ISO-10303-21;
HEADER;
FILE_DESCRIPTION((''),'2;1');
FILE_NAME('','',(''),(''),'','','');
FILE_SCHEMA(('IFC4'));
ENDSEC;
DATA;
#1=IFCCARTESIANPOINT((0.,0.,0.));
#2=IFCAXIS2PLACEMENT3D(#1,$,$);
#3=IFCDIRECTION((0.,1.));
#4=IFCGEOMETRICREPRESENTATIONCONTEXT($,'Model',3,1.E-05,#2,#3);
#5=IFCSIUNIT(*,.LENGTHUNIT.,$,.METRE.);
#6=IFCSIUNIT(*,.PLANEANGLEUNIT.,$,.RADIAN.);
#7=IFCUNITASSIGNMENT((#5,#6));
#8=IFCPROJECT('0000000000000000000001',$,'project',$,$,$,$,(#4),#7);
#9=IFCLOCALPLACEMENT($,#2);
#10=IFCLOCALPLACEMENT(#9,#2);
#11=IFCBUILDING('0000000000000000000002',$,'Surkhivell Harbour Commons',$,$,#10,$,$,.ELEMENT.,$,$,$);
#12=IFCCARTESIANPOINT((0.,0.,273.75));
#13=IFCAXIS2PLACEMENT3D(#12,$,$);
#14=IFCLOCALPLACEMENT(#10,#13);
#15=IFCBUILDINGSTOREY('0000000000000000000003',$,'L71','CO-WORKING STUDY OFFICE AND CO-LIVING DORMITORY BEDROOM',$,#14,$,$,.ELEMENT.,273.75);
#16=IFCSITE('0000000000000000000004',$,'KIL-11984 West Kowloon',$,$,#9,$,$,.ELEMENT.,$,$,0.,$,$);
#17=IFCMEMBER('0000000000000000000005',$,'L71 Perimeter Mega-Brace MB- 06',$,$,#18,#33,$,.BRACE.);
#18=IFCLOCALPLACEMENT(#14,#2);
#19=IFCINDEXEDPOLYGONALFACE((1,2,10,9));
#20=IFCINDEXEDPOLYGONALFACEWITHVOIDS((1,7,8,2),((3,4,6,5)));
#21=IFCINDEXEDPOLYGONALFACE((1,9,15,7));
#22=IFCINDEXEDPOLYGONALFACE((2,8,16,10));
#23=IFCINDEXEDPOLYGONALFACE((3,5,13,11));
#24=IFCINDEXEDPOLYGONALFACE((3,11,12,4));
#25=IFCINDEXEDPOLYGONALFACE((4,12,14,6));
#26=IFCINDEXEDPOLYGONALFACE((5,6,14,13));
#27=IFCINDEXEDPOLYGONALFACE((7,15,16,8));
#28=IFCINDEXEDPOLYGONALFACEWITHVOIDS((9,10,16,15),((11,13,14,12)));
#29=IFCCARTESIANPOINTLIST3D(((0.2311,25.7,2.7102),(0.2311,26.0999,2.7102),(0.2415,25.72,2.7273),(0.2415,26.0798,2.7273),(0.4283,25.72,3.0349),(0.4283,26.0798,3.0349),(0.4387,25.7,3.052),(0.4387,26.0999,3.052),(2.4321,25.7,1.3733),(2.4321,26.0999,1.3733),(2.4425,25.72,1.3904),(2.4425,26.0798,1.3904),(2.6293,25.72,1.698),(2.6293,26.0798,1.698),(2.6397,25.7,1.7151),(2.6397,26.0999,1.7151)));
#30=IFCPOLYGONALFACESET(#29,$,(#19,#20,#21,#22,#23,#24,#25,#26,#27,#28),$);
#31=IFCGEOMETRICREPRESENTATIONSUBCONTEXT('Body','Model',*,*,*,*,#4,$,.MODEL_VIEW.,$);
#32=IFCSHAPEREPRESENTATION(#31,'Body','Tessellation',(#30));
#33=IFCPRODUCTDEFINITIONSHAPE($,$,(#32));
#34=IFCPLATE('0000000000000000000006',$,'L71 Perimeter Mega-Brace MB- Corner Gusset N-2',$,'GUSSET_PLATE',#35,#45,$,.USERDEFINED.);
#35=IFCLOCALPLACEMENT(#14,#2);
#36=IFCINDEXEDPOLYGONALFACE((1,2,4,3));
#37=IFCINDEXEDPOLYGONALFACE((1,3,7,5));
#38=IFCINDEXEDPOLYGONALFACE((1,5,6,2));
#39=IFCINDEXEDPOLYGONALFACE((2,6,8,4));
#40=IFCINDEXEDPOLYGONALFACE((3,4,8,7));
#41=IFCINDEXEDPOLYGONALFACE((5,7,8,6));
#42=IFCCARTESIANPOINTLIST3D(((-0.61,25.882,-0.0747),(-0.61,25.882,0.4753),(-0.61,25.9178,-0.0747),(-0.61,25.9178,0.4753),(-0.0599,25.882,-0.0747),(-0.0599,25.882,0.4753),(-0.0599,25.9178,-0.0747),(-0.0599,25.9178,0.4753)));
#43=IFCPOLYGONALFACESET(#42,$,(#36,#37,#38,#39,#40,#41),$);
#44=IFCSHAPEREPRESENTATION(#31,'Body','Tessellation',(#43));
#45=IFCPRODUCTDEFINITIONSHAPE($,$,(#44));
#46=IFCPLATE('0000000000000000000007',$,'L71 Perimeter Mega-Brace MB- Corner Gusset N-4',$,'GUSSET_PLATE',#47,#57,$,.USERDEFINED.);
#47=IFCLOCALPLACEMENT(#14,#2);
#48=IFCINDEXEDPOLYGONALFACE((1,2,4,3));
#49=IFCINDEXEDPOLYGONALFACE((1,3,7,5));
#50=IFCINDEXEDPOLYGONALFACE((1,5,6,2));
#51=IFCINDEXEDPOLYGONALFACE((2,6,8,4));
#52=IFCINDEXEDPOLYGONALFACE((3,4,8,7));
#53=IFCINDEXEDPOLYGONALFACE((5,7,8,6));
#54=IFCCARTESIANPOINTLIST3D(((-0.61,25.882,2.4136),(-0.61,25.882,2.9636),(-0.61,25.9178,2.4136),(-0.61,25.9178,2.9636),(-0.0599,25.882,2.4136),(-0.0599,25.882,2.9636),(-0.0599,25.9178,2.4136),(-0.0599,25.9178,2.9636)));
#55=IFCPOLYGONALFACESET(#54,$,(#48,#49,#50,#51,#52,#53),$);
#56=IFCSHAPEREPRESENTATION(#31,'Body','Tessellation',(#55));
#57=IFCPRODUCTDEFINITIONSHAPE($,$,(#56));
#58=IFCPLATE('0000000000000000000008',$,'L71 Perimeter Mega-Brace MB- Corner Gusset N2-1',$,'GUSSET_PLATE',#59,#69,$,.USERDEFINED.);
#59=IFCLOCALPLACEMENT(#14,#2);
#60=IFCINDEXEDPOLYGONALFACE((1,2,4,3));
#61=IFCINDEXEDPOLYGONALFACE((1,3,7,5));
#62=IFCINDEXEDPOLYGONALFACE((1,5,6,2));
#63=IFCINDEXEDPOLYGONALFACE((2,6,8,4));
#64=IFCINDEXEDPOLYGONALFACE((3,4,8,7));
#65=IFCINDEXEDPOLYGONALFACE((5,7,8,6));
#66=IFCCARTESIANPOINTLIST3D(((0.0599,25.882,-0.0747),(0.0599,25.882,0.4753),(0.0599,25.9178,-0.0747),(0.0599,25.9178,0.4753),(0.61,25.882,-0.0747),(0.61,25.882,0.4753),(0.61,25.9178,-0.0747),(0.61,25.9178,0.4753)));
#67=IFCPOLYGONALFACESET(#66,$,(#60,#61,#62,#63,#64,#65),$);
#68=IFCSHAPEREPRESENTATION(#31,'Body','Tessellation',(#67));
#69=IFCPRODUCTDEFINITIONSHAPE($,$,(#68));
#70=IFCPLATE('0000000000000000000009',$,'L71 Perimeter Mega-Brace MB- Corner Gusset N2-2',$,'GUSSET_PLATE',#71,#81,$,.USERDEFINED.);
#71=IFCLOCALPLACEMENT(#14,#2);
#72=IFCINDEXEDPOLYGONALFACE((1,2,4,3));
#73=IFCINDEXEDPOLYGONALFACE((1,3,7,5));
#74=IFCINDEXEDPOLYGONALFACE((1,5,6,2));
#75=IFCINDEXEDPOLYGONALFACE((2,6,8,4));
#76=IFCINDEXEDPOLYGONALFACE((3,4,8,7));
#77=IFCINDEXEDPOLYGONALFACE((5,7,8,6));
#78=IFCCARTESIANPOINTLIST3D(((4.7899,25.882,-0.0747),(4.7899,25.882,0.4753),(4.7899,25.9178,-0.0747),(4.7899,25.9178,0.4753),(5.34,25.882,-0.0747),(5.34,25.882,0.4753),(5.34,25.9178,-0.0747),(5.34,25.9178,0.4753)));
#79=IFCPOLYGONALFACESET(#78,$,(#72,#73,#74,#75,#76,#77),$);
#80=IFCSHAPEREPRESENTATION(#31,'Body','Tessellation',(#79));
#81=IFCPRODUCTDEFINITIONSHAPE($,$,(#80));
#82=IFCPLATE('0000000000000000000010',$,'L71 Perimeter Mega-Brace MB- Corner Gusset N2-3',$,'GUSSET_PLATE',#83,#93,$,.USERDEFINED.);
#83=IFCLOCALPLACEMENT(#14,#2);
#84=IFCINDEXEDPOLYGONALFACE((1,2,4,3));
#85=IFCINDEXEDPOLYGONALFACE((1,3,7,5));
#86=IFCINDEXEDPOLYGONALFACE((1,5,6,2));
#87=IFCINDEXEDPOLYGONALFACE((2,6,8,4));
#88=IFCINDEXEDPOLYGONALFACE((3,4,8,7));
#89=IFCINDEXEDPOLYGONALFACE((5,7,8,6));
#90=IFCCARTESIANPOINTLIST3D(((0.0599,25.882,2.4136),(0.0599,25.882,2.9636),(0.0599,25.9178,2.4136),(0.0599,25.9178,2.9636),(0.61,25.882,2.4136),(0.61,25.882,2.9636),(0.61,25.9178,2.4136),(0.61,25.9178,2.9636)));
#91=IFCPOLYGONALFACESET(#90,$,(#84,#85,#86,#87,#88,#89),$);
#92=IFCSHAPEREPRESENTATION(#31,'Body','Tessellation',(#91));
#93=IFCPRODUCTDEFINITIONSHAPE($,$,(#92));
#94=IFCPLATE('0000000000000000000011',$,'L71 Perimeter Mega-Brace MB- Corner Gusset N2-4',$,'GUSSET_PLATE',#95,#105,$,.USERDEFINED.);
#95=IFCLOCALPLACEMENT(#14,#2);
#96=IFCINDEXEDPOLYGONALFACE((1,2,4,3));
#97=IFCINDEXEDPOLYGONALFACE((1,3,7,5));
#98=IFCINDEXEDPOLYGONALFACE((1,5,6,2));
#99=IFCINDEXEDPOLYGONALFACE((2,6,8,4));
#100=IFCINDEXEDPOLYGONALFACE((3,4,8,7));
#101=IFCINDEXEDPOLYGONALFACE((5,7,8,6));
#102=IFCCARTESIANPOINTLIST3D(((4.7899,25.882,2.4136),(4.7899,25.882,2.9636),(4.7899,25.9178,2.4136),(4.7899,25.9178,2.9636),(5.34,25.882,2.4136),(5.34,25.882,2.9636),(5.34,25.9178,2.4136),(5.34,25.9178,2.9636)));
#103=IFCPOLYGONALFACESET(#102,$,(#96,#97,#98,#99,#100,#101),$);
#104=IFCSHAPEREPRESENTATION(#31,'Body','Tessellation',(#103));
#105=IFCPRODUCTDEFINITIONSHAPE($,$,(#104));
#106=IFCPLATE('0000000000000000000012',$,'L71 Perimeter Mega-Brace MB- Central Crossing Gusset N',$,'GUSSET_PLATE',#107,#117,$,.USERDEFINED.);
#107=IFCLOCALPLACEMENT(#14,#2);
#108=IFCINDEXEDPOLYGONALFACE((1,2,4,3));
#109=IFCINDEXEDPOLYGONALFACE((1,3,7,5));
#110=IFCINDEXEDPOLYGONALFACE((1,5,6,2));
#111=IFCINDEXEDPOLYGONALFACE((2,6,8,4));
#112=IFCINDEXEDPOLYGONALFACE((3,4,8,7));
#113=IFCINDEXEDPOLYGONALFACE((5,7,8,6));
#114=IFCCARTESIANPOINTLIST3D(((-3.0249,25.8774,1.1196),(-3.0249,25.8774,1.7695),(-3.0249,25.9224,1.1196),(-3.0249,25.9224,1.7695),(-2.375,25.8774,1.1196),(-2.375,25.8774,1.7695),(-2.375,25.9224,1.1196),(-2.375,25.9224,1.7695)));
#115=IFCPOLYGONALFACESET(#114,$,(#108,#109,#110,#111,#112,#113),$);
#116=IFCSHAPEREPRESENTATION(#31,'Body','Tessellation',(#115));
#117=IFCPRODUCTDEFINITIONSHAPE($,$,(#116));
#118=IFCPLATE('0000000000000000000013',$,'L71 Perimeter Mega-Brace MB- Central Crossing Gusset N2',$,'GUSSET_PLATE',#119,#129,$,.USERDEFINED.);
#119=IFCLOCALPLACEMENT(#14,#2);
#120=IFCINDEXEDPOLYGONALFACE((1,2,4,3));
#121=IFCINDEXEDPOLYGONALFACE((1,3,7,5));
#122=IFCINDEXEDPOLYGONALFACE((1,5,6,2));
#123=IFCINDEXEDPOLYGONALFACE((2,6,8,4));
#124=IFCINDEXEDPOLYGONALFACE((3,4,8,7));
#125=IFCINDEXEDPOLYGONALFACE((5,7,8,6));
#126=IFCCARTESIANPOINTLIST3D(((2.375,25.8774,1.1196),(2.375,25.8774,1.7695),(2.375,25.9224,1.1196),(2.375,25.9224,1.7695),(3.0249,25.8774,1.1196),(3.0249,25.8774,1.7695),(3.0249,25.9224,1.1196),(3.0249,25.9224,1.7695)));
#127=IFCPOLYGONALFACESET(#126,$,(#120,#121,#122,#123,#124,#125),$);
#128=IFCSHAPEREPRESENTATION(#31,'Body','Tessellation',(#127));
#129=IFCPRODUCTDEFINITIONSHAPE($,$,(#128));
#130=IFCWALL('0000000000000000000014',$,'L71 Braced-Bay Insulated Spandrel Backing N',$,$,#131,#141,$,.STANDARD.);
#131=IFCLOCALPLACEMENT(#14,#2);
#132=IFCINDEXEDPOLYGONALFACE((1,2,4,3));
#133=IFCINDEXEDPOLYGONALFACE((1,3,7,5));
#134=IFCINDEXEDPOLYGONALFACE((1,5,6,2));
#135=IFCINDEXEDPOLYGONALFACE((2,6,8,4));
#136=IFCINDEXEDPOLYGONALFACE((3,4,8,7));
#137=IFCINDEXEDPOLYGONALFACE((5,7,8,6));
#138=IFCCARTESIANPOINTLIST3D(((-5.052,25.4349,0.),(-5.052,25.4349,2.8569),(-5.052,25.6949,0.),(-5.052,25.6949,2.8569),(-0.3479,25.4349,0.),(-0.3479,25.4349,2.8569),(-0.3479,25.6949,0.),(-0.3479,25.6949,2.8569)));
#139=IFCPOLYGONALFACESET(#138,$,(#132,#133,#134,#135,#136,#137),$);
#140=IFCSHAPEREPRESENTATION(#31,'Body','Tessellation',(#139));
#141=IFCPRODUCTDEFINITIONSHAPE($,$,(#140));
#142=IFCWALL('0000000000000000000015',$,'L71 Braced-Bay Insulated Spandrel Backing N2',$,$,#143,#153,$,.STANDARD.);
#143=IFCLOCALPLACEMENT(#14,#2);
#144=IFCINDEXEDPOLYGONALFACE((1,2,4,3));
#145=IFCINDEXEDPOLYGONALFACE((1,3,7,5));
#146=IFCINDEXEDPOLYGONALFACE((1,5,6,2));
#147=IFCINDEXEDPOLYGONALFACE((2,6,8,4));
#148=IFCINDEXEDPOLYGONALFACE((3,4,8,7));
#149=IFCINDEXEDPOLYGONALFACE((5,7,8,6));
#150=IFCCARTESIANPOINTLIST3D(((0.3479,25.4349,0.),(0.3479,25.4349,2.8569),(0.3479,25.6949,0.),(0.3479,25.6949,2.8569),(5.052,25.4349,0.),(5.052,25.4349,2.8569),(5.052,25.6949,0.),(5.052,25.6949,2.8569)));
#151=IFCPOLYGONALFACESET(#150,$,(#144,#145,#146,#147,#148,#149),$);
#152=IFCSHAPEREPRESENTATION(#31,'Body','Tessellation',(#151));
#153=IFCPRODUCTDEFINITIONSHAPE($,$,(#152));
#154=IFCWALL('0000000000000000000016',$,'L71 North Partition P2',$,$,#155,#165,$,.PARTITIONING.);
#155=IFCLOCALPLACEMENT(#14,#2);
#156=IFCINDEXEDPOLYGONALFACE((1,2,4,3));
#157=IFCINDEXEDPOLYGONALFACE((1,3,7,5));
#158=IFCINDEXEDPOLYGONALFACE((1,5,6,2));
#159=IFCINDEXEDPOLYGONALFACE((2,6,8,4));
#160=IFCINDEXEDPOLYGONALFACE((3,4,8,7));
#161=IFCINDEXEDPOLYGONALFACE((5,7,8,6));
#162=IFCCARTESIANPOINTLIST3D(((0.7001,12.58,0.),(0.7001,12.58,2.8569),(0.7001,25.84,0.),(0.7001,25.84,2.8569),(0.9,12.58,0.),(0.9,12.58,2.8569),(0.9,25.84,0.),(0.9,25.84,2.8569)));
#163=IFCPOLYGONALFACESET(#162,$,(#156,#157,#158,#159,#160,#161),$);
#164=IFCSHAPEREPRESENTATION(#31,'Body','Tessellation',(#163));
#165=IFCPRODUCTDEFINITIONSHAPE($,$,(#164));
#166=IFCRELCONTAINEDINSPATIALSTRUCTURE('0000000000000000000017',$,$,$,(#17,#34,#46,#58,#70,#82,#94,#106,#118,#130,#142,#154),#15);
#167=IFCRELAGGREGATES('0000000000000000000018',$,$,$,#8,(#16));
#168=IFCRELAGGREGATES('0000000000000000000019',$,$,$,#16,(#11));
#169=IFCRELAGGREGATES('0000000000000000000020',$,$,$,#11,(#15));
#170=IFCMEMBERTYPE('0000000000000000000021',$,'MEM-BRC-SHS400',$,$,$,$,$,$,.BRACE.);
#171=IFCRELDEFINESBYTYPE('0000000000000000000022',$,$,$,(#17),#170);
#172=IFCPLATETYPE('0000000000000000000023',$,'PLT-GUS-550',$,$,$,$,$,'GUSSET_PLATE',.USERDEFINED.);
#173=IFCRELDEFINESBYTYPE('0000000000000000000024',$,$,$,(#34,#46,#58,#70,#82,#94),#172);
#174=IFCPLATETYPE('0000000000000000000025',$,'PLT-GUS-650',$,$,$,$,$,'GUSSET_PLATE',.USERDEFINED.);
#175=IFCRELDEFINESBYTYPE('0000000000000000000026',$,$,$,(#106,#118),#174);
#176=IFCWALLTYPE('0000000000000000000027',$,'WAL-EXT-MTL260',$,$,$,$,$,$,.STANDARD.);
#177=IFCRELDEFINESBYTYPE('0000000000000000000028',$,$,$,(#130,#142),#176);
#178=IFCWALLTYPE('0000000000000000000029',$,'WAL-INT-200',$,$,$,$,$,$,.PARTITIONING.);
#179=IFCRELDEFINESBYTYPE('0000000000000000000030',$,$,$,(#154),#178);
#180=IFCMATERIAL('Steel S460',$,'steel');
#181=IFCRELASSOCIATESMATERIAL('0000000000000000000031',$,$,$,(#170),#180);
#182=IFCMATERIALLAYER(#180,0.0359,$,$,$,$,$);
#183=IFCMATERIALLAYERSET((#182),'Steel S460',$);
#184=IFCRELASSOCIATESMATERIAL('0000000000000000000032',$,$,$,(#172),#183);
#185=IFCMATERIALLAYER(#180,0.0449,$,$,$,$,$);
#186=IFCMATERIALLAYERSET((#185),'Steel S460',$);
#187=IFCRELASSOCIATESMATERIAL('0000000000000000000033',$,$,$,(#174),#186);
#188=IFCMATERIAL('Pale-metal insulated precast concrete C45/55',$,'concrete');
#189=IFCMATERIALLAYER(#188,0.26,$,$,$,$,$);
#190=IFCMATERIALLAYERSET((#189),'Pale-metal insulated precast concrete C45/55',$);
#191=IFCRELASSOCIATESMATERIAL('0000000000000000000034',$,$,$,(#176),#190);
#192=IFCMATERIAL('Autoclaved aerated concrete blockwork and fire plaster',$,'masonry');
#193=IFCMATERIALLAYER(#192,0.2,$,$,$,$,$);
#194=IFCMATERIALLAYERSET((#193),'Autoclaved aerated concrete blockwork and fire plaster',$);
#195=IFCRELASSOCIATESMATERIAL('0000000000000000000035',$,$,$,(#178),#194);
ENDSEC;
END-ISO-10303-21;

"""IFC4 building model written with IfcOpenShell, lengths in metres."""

from ifc_helpers import new_model, si_unit, direction, frame, frame_2d, origin, origin_2d, place, context, subcontext, project, spatial, rectangle, hollow_rectangle, extrude, material, layer, layer_set, material_profile, profile_set, type_object, element, save


model = new_model("IFC4")

# Units and contexts
model_context = context("Model", 3, precision=1e-05, world=origin(), true_north=direction((0.0, 1.0)))
body_context = subcontext(model_context, "Body", "Model", "MODEL_VIEW")
ifc_project = project(units=[si_unit("LENGTHUNIT", "METRE"), si_unit("PLANEANGLEUNIT", "RADIAN")], contexts=[model_context])

# Site, building, storey
site_placement = place(None, origin())
site = spatial("IfcSite", under=ifc_project, at=site_placement, Name="KIL-11984 West Kowloon", CompositionType="ELEMENT", RefElevation=0.0)
building_placement = place(site_placement, origin())
building = spatial("IfcBuilding", under=site, at=building_placement, Name="Surkhivell Harbour Commons", CompositionType="ELEMENT")
storey_placement = place(building_placement, frame((0.0, 0.0, 273.75)))
storey = spatial("IfcBuildingStorey", under=building, at=storey_placement, Name="L71", Description="CO-WORKING STUDY OFFICE AND CO-LIVING DORMITORY BEDROOM", CompositionType="ELEMENT", Elevation=273.75)

# Member
ifc_material_1 = material(Name="Steel S460", Category="steel")
ifc_material_profile_1 = material_profile(ifc_material_1, hollow_rectangle(XDim=0.3999, YDim=0.3999, WallThickness=0.02, at=origin_2d()), Name="SHS400x400x20")
ifc_profile_set_1 = profile_set([ifc_material_profile_1], Name="Steel S460")
member_type_1 = type_object("IfcMemberType", Name="MEM-BRC-SHS400", PredefinedType="BRACE", material=ifc_profile_set_1)
member_1_placement = place(storey_placement, frame((2.5359, 25.8999, 1.5442), z_axis=(-0.854678, 0.0, 0.519159), x_axis=(0.0, -1.0, 0.0)))
element("IfcMember", 1, at=member_1_placement, inside=storey, type_object=member_type_1, Name="L71 Perimeter Mega-Brace MB- 06", PredefinedType="BRACE", context=body_context, shape_type="SweptSolid", body=[
    extrude(hollow_rectangle(XDim=0.3999, YDim=0.3999, WallThickness=0.02, at=origin_2d()), origin(), (0.0, 0.0, 1.0), 2.5752),
])

# Plates
ifc_layer_1 = layer(ifc_material_1, 0.0359)
ifc_layer_set_1 = layer_set([ifc_layer_1], Name="Steel S460")
plate_type_1 = type_object("IfcPlateType", Name="PLT-GUS-550", ElementType="GUSSET_PLATE", PredefinedType="USERDEFINED", material=ifc_layer_set_1)
for number, where, z_axis, x_axis, name in (
    (2, (-0.335, 25.8999, -0.0747), (0.0, 0.0, 1.0), (1.0, 0.0, 0.0), "L71 Perimeter Mega-Brace MB- Corner Gusset N-2"),
    (3, (-0.335, 25.8999, 2.4136), (0.0, 0.0, 1.0), (1.0, 0.0, 0.0), "L71 Perimeter Mega-Brace MB- Corner Gusset N-4"),
    (4, (0.335, 25.8999, -0.0747), (0.0, 0.0, 1.0), (1.0, 0.0, 0.0), "L71 Perimeter Mega-Brace MB- Corner Gusset N2-1"),
    (5, (5.0649, 25.8999, -0.0747), (0.0, 0.0, 1.0), (1.0, 0.0, 0.0), "L71 Perimeter Mega-Brace MB- Corner Gusset N2-2"),
    (6, (0.335, 25.8999, 2.4136), (0.0, 0.0, 1.0), (1.0, 0.0, 0.0), "L71 Perimeter Mega-Brace MB- Corner Gusset N2-3"),
    (7, (5.0649, 25.8999, 2.4136), (0.0, 0.0, 1.0), (1.0, 0.0, 0.0), "L71 Perimeter Mega-Brace MB- Corner Gusset N2-4"),
):
    element("IfcPlate", number, at=place(storey_placement, frame(where, z_axis=z_axis, x_axis=x_axis)), inside=storey, type_object=plate_type_1, Name=name, ObjectType="GUSSET_PLATE", PredefinedType="USERDEFINED", context=body_context, shape_type="SweptSolid", body=[
        extrude(rectangle(XDim=0.55, YDim=0.0359, at=origin_2d()), origin(), (0.0, 0.0, 1.0), 0.55),
    ])
ifc_layer_2 = layer(ifc_material_1, 0.0449)
ifc_layer_set_2 = layer_set([ifc_layer_2], Name="Steel S460")
plate_type_2 = type_object("IfcPlateType", Name="PLT-GUS-650", ElementType="GUSSET_PLATE", PredefinedType="USERDEFINED", material=ifc_layer_set_2)
for number, where, z_axis, x_axis, name in (
    (8, (-2.7, 25.8999, 1.1196), (0.0, 0.0, 1.0), (1.0, 0.0, 0.0), "L71 Perimeter Mega-Brace MB- Central Crossing Gusset N"),
    (9, (2.7, 25.8999, 1.1196), (0.0, 0.0, 1.0), (1.0, 0.0, 0.0), "L71 Perimeter Mega-Brace MB- Central Crossing Gusset N2"),
):
    element("IfcPlate", number, at=place(storey_placement, frame(where, z_axis=z_axis, x_axis=x_axis)), inside=storey, type_object=plate_type_2, Name=name, ObjectType="GUSSET_PLATE", PredefinedType="USERDEFINED", context=body_context, shape_type="SweptSolid", body=[
        extrude(rectangle(XDim=0.6499, YDim=0.0449, at=origin_2d()), origin(), (0.0, 0.0, 1.0), 0.6499),
    ])

# Walls
ifc_material_2 = material(Name="Pale-metal insulated precast concrete C45/55", Category="concrete")
ifc_layer_3 = layer(ifc_material_2, 0.26)
ifc_layer_set_3 = layer_set([ifc_layer_3], Name="Pale-metal insulated precast concrete C45/55")
wall_type_1 = type_object("IfcWallType", Name="WAL-EXT-MTL260", PredefinedType="STANDARD", material=ifc_layer_set_3)
for number, where, z_axis, x_axis, name in (
    (10, (-0.3479, 25.5649, 0.0), (0.0, 0.0, 1.0), (-1.0, 0.0, 0.0), "L71 Braced-Bay Insulated Spandrel Backing N"),
    (11, (5.052, 25.5649, 0.0), (0.0, 0.0, 1.0), (-1.0, 0.0, 0.0), "L71 Braced-Bay Insulated Spandrel Backing N2"),
):
    element("IfcWall", number, at=place(storey_placement, frame(where, z_axis=z_axis, x_axis=x_axis)), inside=storey, type_object=wall_type_1, Name=name, PredefinedType="STANDARD", context=body_context, shape_type="SweptSolid", body=[
        extrude(rectangle(XDim=4.7041, YDim=0.26, at=frame_2d((2.3521, 0.0))), origin(), (0.0, 0.0, 1.0), 2.8569),
    ])
ifc_material_3 = material(Name="Autoclaved aerated concrete blockwork and fire plaster", Category="masonry")
ifc_layer_4 = layer(ifc_material_3, 0.2)
ifc_layer_set_4 = layer_set([ifc_layer_4], Name="Autoclaved aerated concrete blockwork and fire plaster")
wall_type_2 = type_object("IfcWallType", Name="WAL-INT-200", PredefinedType="PARTITIONING", material=ifc_layer_set_4)
wall_placement = place(storey_placement, frame((0.8, 12.5801, 0.0), z_axis=(0.0, 0.0, 1.0), x_axis=(0.0, 1.0, 0.0)))
element("IfcWall", 12, at=wall_placement, inside=storey, type_object=wall_type_2, Name="L71 North Partition P2", PredefinedType="PARTITIONING", context=body_context, shape_type="SweptSolid", body=[
    extrude(rectangle(XDim=13.26, YDim=0.2, at=frame_2d((6.6299, 0.0))), origin(), (0.0, 0.0, 1.0), 2.8569),
])

save(model, "model.ifc")
